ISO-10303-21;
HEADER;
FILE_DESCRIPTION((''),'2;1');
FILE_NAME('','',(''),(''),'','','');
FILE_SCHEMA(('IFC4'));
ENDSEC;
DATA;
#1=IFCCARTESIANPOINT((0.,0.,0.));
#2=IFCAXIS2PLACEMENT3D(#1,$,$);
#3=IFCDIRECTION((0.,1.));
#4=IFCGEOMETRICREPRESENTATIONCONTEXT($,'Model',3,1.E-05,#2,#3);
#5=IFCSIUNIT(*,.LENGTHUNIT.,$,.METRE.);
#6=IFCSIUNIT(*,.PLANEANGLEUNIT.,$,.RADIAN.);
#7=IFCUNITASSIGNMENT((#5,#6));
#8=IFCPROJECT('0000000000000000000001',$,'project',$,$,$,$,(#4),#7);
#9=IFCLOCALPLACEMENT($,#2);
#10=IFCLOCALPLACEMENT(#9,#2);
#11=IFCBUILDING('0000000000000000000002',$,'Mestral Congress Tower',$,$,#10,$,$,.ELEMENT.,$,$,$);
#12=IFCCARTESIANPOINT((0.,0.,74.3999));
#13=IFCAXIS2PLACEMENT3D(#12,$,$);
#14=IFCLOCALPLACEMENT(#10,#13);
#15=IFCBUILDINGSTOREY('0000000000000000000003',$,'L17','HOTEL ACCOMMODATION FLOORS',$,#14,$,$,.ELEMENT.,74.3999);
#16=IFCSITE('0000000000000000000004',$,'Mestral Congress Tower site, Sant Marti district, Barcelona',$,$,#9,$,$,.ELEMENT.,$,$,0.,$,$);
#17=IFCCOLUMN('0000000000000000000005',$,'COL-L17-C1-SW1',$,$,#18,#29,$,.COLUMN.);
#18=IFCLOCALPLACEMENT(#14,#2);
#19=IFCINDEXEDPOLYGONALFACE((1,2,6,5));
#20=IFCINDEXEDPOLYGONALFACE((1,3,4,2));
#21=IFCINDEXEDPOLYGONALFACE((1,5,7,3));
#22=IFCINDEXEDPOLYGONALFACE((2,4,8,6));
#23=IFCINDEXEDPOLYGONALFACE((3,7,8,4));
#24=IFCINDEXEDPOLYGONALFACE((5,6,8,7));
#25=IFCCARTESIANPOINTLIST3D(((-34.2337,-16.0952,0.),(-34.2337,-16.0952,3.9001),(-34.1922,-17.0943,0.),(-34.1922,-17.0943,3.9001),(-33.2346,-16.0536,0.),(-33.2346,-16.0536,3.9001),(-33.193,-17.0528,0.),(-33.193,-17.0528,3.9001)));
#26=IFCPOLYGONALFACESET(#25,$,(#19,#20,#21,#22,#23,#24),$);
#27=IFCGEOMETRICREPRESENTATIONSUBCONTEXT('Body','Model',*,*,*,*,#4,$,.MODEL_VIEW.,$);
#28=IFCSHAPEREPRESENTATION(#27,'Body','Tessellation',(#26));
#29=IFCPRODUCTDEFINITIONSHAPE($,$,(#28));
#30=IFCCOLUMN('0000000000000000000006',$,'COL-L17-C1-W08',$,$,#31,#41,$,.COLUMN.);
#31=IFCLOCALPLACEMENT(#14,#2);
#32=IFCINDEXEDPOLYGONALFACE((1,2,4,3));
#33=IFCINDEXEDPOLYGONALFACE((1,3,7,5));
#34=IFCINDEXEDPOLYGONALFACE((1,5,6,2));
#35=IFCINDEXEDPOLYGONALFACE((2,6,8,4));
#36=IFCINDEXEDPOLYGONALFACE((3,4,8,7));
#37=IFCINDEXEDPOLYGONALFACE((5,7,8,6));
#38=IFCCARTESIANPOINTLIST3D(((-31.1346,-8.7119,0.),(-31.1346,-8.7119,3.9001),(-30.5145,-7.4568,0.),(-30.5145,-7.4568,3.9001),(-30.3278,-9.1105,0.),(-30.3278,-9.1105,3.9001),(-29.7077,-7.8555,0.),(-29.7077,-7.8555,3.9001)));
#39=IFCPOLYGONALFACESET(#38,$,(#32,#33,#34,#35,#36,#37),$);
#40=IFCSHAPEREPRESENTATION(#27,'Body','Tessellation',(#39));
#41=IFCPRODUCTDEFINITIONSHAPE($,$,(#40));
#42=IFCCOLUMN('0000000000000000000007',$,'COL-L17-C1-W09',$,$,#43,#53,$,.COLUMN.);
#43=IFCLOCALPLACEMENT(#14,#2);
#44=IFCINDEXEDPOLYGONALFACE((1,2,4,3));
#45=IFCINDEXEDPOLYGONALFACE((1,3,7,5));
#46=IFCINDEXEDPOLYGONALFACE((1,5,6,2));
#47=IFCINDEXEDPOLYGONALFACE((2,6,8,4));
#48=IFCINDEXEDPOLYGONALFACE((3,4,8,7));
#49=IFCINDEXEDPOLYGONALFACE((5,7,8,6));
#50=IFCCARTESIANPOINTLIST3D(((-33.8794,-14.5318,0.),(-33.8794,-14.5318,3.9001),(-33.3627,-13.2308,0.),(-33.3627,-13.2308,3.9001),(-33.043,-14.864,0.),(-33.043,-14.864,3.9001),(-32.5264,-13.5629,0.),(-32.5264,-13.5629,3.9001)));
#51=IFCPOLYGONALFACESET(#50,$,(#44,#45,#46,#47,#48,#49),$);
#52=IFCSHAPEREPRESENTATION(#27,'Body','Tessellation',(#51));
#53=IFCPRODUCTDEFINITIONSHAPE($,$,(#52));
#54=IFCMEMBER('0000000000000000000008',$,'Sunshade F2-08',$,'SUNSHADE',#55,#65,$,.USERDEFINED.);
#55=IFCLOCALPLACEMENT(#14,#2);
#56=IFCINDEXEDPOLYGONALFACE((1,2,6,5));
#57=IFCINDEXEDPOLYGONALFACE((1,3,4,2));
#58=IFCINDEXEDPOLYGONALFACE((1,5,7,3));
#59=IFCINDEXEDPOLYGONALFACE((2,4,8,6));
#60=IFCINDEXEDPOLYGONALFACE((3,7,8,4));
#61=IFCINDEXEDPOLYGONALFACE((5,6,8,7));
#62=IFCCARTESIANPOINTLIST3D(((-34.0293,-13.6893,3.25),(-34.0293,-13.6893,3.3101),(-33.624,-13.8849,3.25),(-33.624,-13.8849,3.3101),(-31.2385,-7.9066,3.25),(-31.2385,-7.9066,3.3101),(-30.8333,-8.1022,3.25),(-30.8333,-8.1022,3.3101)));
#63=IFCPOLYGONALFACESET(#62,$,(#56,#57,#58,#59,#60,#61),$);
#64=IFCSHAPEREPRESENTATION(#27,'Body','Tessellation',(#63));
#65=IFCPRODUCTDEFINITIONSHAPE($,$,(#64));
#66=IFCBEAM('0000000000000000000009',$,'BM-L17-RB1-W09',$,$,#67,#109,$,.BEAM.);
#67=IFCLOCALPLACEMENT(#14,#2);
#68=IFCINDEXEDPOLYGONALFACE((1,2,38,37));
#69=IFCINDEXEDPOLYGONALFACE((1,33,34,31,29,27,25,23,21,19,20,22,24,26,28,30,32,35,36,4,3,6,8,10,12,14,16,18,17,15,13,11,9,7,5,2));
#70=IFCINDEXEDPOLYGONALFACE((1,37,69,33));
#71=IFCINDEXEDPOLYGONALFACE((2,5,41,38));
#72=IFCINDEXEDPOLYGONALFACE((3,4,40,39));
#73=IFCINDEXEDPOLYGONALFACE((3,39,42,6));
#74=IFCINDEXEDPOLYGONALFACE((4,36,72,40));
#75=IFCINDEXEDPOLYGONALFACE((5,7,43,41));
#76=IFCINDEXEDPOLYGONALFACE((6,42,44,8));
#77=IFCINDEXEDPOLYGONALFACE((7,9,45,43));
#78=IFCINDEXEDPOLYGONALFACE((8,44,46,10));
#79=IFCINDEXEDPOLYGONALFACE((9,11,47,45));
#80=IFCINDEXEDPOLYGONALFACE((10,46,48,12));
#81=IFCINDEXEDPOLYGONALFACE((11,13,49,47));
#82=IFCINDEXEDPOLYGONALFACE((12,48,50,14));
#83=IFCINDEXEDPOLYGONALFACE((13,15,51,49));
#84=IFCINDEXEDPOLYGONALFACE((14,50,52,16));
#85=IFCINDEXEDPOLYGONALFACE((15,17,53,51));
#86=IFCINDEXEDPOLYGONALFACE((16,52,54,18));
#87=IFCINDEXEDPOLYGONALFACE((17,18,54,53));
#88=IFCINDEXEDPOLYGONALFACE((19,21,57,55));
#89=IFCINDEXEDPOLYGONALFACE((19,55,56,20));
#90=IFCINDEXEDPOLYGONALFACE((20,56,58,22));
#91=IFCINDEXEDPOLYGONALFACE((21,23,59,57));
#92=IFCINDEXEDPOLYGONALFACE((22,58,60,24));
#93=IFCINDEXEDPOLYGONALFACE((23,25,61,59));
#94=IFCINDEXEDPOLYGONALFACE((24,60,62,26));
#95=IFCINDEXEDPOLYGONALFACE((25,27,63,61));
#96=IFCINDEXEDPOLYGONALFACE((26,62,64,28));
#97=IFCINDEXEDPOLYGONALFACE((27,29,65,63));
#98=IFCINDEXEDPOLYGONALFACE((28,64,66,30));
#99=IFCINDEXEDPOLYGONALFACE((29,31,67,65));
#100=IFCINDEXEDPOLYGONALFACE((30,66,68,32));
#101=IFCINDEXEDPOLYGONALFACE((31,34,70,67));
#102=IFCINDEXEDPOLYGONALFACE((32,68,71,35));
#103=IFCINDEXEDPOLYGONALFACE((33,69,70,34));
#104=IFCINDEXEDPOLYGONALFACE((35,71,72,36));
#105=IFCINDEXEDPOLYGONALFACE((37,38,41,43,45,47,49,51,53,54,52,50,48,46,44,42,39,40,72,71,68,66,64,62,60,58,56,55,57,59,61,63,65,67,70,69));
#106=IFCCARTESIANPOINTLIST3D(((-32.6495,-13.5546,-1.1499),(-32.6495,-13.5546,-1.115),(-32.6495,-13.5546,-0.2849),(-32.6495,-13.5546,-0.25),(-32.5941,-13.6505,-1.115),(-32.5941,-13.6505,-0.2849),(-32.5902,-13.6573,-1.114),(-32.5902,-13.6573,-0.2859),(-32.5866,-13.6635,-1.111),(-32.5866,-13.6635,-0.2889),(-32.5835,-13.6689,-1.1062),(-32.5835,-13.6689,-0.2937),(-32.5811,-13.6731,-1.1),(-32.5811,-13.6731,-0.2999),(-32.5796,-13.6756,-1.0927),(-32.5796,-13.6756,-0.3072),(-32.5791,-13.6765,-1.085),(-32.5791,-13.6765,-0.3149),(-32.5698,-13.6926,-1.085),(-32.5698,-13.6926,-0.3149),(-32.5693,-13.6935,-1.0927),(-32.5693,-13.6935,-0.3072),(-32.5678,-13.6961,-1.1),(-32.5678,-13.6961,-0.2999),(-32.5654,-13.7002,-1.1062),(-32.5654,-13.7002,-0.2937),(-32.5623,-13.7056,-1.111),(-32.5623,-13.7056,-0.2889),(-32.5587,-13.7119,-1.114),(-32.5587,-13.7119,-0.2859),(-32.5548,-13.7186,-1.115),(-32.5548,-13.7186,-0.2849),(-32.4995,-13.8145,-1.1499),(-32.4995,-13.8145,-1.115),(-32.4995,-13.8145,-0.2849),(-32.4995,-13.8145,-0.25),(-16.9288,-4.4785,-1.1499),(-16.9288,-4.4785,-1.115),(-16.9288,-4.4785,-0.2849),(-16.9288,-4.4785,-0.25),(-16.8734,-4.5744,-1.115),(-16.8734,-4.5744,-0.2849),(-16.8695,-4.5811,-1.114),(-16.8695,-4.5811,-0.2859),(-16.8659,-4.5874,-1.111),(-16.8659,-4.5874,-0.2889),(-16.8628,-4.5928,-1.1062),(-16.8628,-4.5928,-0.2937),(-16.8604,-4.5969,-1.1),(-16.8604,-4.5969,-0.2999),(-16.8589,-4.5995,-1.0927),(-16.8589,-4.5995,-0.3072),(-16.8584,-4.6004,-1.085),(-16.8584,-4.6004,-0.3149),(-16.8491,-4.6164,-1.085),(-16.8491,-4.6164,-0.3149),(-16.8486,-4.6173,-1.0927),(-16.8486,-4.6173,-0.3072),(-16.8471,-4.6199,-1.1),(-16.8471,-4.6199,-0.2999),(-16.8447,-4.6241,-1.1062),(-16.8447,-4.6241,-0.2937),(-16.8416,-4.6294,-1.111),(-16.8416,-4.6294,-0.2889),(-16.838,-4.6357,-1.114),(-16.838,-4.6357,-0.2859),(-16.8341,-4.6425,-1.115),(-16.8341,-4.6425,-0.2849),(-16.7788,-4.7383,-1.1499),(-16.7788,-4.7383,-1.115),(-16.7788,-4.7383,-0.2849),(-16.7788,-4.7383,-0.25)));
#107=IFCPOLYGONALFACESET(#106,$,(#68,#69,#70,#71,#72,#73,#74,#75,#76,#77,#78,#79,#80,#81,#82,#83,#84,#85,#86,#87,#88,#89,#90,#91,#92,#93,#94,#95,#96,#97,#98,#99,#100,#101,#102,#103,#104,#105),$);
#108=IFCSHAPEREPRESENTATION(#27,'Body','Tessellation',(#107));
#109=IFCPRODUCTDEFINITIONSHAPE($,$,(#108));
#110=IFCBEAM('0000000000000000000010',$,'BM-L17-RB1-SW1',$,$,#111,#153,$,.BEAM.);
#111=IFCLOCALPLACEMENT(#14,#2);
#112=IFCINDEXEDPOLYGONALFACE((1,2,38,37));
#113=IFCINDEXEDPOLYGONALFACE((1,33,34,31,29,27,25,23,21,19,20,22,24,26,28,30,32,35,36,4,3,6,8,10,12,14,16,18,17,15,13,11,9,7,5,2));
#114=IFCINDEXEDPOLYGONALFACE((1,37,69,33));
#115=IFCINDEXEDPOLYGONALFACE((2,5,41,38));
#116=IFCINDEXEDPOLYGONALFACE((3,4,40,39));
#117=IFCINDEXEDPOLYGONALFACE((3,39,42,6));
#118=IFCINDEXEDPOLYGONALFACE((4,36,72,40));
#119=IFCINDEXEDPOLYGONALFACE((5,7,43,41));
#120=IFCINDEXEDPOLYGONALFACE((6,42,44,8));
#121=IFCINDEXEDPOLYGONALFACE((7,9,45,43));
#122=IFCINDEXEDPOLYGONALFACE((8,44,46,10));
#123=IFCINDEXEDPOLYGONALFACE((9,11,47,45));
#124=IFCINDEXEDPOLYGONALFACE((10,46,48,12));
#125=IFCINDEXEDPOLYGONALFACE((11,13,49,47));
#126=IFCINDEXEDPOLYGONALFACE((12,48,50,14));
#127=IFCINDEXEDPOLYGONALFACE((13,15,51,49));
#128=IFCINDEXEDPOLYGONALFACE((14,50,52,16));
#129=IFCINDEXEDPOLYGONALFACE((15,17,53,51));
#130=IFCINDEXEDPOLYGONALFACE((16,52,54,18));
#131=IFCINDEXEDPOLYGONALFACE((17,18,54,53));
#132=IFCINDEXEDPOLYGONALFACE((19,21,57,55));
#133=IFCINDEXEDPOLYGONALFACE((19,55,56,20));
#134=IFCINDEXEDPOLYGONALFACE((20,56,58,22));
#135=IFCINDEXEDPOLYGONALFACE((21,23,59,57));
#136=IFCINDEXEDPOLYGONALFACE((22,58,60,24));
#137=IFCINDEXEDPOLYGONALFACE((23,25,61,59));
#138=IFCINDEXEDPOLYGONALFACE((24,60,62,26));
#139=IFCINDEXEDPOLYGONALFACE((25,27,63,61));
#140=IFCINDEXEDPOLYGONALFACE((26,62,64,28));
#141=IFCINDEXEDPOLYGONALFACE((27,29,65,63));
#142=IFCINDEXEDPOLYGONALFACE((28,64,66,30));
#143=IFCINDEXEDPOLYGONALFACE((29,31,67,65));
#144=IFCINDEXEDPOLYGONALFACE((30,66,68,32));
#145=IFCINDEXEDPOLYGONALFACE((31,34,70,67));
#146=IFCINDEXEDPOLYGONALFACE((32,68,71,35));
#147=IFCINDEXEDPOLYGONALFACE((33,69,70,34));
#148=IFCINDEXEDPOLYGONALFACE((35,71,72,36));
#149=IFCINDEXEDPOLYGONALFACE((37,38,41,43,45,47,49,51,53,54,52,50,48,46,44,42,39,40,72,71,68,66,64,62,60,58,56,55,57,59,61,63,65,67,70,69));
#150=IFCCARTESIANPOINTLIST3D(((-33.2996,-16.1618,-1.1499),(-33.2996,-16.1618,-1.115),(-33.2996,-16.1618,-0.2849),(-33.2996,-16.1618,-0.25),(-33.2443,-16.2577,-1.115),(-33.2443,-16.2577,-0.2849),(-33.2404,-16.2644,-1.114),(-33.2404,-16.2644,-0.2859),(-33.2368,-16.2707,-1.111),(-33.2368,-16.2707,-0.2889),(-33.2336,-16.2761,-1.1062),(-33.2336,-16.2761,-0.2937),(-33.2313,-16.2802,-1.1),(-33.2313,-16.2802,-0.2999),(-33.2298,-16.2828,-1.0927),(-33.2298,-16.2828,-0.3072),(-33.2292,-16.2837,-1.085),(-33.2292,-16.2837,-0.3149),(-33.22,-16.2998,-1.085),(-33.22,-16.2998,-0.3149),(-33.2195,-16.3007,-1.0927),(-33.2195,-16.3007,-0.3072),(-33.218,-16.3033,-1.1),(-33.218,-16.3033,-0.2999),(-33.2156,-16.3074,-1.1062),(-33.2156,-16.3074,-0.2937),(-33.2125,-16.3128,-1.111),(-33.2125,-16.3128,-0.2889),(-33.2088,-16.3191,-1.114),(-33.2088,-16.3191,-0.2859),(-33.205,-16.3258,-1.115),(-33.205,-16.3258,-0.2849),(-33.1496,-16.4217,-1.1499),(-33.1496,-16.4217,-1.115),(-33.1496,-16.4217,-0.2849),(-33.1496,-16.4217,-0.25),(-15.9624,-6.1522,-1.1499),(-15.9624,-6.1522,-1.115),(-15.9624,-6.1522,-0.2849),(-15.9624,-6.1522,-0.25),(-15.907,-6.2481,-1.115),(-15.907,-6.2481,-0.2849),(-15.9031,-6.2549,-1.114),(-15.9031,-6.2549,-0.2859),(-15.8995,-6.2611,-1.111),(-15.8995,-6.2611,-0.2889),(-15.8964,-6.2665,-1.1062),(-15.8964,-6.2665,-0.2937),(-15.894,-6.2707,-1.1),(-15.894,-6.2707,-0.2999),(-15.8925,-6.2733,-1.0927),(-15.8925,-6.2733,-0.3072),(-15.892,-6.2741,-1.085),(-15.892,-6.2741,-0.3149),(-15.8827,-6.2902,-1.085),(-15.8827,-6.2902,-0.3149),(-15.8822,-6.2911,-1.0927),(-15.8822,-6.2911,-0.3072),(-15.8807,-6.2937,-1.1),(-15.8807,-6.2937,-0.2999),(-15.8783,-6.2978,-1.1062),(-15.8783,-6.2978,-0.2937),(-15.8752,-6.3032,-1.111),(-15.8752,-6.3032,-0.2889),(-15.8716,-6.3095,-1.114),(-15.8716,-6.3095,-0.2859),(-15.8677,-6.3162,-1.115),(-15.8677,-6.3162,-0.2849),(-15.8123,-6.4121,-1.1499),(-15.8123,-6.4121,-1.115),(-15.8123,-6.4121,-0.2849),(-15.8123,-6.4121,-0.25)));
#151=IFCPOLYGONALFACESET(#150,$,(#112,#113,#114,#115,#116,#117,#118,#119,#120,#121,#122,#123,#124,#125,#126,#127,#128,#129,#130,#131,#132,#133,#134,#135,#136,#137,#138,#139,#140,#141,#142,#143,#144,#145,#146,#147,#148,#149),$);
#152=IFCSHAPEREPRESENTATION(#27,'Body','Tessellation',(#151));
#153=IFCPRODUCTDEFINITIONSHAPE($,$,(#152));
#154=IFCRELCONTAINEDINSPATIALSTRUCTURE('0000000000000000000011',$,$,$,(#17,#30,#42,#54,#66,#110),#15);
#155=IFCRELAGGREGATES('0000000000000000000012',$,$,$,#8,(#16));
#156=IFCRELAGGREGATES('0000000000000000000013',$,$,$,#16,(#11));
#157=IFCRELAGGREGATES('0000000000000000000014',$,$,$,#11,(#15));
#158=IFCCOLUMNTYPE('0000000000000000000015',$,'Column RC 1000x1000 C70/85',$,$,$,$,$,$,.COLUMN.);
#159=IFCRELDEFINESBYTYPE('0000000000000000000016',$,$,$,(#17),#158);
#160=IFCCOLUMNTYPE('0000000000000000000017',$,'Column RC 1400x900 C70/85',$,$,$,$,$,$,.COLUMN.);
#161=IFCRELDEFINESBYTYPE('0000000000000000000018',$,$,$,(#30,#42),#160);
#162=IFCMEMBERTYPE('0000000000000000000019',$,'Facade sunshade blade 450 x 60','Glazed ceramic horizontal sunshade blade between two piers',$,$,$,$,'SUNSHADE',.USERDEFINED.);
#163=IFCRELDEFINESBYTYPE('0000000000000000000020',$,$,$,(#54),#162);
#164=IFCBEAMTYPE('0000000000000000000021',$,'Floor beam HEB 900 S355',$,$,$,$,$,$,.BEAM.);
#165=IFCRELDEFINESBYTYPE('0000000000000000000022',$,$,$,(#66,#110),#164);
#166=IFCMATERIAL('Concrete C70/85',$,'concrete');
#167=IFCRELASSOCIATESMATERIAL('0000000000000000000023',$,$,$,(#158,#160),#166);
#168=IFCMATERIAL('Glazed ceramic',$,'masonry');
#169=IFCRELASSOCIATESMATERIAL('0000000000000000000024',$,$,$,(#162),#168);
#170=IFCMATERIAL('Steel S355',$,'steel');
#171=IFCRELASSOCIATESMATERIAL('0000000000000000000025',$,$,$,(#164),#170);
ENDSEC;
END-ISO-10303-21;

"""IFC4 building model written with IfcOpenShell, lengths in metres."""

from ifc_helpers import new_model, si_unit, direction, frame, origin, origin_2d, place, context, subcontext, project, spatial, rectangle, i_section, extrude, material, material_profile, profile_set, type_object, element, save


model = new_model("IFC4")

# Units and contexts
model_context = context("Model", 3, precision=1e-05, world=origin(), true_north=direction((0.0, 1.0)))
body_context = subcontext(model_context, "Body", "Model", "MODEL_VIEW")
ifc_project = project(units=[si_unit("LENGTHUNIT", "METRE"), si_unit("PLANEANGLEUNIT", "RADIAN")], contexts=[model_context])

# Site, building, storey
site_placement = place(None, origin())
site = spatial("IfcSite", under=ifc_project, at=site_placement, Name="Mestral Congress Tower site, Sant Marti district, Barcelona", CompositionType="ELEMENT", RefElevation=0.0)
building_placement = place(site_placement, origin())
building = spatial("IfcBuilding", under=site, at=building_placement, Name="Mestral Congress Tower", CompositionType="ELEMENT")
storey_placement = place(building_placement, frame((0.0, 0.0, 74.3999)))
storey = spatial("IfcBuildingStorey", under=building, at=storey_placement, Name="L17", Description="HOTEL ACCOMMODATION FLOORS", CompositionType="ELEMENT", Elevation=74.3999)

# Columns
ifc_material_1 = material(Name="Concrete C70/85", Category="concrete")
ifc_material_profile_1 = material_profile(ifc_material_1, rectangle(XDim=1.0, YDim=1.0, at=origin_2d()), Name="RC 1000x1000")
ifc_profile_set_1 = profile_set([ifc_material_profile_1], Name="Concrete C70/85")
column_type_1 = type_object("IfcColumnType", Name="Column RC 1000x1000 C70/85", PredefinedType="COLUMN", material=ifc_profile_set_1)
column_placement = place(storey_placement, frame((-33.7134, -16.574, 0.0), z_axis=(0.0, 0.0, 1.0), x_axis=(0.041583, -0.999135, 0.0)))
element("IfcColumn", 1, at=column_placement, inside=storey, type_object=column_type_1, Name="COL-L17-C1-SW1", PredefinedType="COLUMN", context=body_context, shape_type="SweptSolid", body=[
    extrude(rectangle(XDim=1.0, YDim=1.0, at=origin_2d()), origin(), (0.0, 0.0, 1.0), 3.9001),
])
ifc_material_profile_2 = material_profile(ifc_material_1, rectangle(XDim=1.3999, YDim=0.8999, at=origin_2d()), Name="RC 1400x900")
ifc_profile_set_2 = profile_set([ifc_material_profile_2], Name="Concrete C70/85")
column_type_2 = type_object("IfcColumnType", Name="Column RC 1400x900 C70/85", PredefinedType="COLUMN", material=ifc_profile_set_2)
for number, where, z_axis, x_axis, name in (
    (2, (-30.4211, -8.2837, 0.0), (0.0, 0.0, 1.0), (-0.442959, -0.896542, 0.0), "COL-L17-C1-W08"),
    (3, (-33.2029, -14.0474, 0.0), (0.0, 0.0, 1.0), (-0.36909, -0.929394, 0.0), "COL-L17-C1-W09"),
):
    element("IfcColumn", number, at=place(storey_placement, frame(where, z_axis=z_axis, x_axis=x_axis)), inside=storey, type_object=column_type_2, Name=name, PredefinedType="COLUMN", context=body_context, shape_type="SweptSolid", body=[
        extrude(rectangle(XDim=1.3999, YDim=0.8999, at=origin_2d()), origin(), (0.0, 0.0, 1.0), 3.9001),
    ])

# Member
ifc_material_2 = material(Name="Glazed ceramic", Category="masonry")
ifc_material_profile_3 = material_profile(ifc_material_2, rectangle(XDim=0.45, YDim=0.0601, at=origin_2d()), Name="Ceramic blade 450 x 60")
ifc_profile_set_3 = profile_set([ifc_material_profile_3], Name="Glazed ceramic")
member_type = type_object("IfcMemberType", Name="Facade sunshade blade 450 x 60", Description="Glazed ceramic horizontal sunshade blade between two piers", ElementType="SUNSHADE", PredefinedType="USERDEFINED", material=ifc_profile_set_3)
member_placement = place(storey_placement, frame((-31.0359, -8.0044, 3.28), z_axis=(-0.434637, -0.900606, 0.0), x_axis=(0.900606, -0.434637, 0.0)))
element("IfcMember", 4, at=member_placement, inside=storey, type_object=member_type, Name="Sunshade F2-08", ObjectType="SUNSHADE", PredefinedType="USERDEFINED", context=body_context, shape_type="SweptSolid", body=[
    extrude(rectangle(XDim=0.45, YDim=0.0601, at=origin_2d()), origin(), (0.0, 0.0, 1.0), 6.4209),
])

# Beams
ifc_material_3 = material(Name="Steel S355", Category="steel")
ifc_material_profile_4 = material_profile(ifc_material_3, i_section(OverallWidth=0.3, OverallDepth=0.8999, WebThickness=0.0186, FlangeThickness=0.0349, FilletRadius=0.03, at=origin_2d()), Name="HEB 900")
ifc_profile_set_4 = profile_set([ifc_material_profile_4], Name="Steel S355")
beam_type_1 = type_object("IfcBeamType", Name="Floor beam HEB 900 S355", PredefinedType="BEAM", material=ifc_profile_set_4)
beam_1_placement = place(storey_placement, frame((-32.5745, -13.6846, -0.7), z_axis=(0.86603, 0.499993, 0.0), x_axis=(-0.499993, 0.86603, 0.0)))
element("IfcBeam", 5, at=beam_1_placement, inside=storey, type_object=beam_type_1, Name="BM-L17-RB1-W09", PredefinedType="BEAM", context=body_context, shape_type="SweptSolid", body=[
    extrude(i_section(OverallWidth=0.3, OverallDepth=0.8999, WebThickness=0.0186, FlangeThickness=0.0349, FilletRadius=0.03, at=origin_2d()), origin(), (0.0, 0.0, 1.0), 18.1526),
])
beam_2_placement = place(storey_placement, frame((-33.2246, -16.2917, -0.7), z_axis=(0.866027, 0.499997, 0.0), x_axis=(-0.499997, 0.866027, 0.0)))
element("IfcBeam", 6, at=beam_2_placement, inside=storey, type_object=beam_type_1, Name="BM-L17-RB1-SW1", PredefinedType="BEAM", context=body_context, shape_type="SweptSolid", body=[
    extrude(i_section(OverallWidth=0.3, OverallDepth=0.8999, WebThickness=0.0186, FlangeThickness=0.0349, FilletRadius=0.03, at=origin_2d()), origin(), (0.0, 0.0, 1.0), 20.0193),
])

save(model, "model.ifc")
